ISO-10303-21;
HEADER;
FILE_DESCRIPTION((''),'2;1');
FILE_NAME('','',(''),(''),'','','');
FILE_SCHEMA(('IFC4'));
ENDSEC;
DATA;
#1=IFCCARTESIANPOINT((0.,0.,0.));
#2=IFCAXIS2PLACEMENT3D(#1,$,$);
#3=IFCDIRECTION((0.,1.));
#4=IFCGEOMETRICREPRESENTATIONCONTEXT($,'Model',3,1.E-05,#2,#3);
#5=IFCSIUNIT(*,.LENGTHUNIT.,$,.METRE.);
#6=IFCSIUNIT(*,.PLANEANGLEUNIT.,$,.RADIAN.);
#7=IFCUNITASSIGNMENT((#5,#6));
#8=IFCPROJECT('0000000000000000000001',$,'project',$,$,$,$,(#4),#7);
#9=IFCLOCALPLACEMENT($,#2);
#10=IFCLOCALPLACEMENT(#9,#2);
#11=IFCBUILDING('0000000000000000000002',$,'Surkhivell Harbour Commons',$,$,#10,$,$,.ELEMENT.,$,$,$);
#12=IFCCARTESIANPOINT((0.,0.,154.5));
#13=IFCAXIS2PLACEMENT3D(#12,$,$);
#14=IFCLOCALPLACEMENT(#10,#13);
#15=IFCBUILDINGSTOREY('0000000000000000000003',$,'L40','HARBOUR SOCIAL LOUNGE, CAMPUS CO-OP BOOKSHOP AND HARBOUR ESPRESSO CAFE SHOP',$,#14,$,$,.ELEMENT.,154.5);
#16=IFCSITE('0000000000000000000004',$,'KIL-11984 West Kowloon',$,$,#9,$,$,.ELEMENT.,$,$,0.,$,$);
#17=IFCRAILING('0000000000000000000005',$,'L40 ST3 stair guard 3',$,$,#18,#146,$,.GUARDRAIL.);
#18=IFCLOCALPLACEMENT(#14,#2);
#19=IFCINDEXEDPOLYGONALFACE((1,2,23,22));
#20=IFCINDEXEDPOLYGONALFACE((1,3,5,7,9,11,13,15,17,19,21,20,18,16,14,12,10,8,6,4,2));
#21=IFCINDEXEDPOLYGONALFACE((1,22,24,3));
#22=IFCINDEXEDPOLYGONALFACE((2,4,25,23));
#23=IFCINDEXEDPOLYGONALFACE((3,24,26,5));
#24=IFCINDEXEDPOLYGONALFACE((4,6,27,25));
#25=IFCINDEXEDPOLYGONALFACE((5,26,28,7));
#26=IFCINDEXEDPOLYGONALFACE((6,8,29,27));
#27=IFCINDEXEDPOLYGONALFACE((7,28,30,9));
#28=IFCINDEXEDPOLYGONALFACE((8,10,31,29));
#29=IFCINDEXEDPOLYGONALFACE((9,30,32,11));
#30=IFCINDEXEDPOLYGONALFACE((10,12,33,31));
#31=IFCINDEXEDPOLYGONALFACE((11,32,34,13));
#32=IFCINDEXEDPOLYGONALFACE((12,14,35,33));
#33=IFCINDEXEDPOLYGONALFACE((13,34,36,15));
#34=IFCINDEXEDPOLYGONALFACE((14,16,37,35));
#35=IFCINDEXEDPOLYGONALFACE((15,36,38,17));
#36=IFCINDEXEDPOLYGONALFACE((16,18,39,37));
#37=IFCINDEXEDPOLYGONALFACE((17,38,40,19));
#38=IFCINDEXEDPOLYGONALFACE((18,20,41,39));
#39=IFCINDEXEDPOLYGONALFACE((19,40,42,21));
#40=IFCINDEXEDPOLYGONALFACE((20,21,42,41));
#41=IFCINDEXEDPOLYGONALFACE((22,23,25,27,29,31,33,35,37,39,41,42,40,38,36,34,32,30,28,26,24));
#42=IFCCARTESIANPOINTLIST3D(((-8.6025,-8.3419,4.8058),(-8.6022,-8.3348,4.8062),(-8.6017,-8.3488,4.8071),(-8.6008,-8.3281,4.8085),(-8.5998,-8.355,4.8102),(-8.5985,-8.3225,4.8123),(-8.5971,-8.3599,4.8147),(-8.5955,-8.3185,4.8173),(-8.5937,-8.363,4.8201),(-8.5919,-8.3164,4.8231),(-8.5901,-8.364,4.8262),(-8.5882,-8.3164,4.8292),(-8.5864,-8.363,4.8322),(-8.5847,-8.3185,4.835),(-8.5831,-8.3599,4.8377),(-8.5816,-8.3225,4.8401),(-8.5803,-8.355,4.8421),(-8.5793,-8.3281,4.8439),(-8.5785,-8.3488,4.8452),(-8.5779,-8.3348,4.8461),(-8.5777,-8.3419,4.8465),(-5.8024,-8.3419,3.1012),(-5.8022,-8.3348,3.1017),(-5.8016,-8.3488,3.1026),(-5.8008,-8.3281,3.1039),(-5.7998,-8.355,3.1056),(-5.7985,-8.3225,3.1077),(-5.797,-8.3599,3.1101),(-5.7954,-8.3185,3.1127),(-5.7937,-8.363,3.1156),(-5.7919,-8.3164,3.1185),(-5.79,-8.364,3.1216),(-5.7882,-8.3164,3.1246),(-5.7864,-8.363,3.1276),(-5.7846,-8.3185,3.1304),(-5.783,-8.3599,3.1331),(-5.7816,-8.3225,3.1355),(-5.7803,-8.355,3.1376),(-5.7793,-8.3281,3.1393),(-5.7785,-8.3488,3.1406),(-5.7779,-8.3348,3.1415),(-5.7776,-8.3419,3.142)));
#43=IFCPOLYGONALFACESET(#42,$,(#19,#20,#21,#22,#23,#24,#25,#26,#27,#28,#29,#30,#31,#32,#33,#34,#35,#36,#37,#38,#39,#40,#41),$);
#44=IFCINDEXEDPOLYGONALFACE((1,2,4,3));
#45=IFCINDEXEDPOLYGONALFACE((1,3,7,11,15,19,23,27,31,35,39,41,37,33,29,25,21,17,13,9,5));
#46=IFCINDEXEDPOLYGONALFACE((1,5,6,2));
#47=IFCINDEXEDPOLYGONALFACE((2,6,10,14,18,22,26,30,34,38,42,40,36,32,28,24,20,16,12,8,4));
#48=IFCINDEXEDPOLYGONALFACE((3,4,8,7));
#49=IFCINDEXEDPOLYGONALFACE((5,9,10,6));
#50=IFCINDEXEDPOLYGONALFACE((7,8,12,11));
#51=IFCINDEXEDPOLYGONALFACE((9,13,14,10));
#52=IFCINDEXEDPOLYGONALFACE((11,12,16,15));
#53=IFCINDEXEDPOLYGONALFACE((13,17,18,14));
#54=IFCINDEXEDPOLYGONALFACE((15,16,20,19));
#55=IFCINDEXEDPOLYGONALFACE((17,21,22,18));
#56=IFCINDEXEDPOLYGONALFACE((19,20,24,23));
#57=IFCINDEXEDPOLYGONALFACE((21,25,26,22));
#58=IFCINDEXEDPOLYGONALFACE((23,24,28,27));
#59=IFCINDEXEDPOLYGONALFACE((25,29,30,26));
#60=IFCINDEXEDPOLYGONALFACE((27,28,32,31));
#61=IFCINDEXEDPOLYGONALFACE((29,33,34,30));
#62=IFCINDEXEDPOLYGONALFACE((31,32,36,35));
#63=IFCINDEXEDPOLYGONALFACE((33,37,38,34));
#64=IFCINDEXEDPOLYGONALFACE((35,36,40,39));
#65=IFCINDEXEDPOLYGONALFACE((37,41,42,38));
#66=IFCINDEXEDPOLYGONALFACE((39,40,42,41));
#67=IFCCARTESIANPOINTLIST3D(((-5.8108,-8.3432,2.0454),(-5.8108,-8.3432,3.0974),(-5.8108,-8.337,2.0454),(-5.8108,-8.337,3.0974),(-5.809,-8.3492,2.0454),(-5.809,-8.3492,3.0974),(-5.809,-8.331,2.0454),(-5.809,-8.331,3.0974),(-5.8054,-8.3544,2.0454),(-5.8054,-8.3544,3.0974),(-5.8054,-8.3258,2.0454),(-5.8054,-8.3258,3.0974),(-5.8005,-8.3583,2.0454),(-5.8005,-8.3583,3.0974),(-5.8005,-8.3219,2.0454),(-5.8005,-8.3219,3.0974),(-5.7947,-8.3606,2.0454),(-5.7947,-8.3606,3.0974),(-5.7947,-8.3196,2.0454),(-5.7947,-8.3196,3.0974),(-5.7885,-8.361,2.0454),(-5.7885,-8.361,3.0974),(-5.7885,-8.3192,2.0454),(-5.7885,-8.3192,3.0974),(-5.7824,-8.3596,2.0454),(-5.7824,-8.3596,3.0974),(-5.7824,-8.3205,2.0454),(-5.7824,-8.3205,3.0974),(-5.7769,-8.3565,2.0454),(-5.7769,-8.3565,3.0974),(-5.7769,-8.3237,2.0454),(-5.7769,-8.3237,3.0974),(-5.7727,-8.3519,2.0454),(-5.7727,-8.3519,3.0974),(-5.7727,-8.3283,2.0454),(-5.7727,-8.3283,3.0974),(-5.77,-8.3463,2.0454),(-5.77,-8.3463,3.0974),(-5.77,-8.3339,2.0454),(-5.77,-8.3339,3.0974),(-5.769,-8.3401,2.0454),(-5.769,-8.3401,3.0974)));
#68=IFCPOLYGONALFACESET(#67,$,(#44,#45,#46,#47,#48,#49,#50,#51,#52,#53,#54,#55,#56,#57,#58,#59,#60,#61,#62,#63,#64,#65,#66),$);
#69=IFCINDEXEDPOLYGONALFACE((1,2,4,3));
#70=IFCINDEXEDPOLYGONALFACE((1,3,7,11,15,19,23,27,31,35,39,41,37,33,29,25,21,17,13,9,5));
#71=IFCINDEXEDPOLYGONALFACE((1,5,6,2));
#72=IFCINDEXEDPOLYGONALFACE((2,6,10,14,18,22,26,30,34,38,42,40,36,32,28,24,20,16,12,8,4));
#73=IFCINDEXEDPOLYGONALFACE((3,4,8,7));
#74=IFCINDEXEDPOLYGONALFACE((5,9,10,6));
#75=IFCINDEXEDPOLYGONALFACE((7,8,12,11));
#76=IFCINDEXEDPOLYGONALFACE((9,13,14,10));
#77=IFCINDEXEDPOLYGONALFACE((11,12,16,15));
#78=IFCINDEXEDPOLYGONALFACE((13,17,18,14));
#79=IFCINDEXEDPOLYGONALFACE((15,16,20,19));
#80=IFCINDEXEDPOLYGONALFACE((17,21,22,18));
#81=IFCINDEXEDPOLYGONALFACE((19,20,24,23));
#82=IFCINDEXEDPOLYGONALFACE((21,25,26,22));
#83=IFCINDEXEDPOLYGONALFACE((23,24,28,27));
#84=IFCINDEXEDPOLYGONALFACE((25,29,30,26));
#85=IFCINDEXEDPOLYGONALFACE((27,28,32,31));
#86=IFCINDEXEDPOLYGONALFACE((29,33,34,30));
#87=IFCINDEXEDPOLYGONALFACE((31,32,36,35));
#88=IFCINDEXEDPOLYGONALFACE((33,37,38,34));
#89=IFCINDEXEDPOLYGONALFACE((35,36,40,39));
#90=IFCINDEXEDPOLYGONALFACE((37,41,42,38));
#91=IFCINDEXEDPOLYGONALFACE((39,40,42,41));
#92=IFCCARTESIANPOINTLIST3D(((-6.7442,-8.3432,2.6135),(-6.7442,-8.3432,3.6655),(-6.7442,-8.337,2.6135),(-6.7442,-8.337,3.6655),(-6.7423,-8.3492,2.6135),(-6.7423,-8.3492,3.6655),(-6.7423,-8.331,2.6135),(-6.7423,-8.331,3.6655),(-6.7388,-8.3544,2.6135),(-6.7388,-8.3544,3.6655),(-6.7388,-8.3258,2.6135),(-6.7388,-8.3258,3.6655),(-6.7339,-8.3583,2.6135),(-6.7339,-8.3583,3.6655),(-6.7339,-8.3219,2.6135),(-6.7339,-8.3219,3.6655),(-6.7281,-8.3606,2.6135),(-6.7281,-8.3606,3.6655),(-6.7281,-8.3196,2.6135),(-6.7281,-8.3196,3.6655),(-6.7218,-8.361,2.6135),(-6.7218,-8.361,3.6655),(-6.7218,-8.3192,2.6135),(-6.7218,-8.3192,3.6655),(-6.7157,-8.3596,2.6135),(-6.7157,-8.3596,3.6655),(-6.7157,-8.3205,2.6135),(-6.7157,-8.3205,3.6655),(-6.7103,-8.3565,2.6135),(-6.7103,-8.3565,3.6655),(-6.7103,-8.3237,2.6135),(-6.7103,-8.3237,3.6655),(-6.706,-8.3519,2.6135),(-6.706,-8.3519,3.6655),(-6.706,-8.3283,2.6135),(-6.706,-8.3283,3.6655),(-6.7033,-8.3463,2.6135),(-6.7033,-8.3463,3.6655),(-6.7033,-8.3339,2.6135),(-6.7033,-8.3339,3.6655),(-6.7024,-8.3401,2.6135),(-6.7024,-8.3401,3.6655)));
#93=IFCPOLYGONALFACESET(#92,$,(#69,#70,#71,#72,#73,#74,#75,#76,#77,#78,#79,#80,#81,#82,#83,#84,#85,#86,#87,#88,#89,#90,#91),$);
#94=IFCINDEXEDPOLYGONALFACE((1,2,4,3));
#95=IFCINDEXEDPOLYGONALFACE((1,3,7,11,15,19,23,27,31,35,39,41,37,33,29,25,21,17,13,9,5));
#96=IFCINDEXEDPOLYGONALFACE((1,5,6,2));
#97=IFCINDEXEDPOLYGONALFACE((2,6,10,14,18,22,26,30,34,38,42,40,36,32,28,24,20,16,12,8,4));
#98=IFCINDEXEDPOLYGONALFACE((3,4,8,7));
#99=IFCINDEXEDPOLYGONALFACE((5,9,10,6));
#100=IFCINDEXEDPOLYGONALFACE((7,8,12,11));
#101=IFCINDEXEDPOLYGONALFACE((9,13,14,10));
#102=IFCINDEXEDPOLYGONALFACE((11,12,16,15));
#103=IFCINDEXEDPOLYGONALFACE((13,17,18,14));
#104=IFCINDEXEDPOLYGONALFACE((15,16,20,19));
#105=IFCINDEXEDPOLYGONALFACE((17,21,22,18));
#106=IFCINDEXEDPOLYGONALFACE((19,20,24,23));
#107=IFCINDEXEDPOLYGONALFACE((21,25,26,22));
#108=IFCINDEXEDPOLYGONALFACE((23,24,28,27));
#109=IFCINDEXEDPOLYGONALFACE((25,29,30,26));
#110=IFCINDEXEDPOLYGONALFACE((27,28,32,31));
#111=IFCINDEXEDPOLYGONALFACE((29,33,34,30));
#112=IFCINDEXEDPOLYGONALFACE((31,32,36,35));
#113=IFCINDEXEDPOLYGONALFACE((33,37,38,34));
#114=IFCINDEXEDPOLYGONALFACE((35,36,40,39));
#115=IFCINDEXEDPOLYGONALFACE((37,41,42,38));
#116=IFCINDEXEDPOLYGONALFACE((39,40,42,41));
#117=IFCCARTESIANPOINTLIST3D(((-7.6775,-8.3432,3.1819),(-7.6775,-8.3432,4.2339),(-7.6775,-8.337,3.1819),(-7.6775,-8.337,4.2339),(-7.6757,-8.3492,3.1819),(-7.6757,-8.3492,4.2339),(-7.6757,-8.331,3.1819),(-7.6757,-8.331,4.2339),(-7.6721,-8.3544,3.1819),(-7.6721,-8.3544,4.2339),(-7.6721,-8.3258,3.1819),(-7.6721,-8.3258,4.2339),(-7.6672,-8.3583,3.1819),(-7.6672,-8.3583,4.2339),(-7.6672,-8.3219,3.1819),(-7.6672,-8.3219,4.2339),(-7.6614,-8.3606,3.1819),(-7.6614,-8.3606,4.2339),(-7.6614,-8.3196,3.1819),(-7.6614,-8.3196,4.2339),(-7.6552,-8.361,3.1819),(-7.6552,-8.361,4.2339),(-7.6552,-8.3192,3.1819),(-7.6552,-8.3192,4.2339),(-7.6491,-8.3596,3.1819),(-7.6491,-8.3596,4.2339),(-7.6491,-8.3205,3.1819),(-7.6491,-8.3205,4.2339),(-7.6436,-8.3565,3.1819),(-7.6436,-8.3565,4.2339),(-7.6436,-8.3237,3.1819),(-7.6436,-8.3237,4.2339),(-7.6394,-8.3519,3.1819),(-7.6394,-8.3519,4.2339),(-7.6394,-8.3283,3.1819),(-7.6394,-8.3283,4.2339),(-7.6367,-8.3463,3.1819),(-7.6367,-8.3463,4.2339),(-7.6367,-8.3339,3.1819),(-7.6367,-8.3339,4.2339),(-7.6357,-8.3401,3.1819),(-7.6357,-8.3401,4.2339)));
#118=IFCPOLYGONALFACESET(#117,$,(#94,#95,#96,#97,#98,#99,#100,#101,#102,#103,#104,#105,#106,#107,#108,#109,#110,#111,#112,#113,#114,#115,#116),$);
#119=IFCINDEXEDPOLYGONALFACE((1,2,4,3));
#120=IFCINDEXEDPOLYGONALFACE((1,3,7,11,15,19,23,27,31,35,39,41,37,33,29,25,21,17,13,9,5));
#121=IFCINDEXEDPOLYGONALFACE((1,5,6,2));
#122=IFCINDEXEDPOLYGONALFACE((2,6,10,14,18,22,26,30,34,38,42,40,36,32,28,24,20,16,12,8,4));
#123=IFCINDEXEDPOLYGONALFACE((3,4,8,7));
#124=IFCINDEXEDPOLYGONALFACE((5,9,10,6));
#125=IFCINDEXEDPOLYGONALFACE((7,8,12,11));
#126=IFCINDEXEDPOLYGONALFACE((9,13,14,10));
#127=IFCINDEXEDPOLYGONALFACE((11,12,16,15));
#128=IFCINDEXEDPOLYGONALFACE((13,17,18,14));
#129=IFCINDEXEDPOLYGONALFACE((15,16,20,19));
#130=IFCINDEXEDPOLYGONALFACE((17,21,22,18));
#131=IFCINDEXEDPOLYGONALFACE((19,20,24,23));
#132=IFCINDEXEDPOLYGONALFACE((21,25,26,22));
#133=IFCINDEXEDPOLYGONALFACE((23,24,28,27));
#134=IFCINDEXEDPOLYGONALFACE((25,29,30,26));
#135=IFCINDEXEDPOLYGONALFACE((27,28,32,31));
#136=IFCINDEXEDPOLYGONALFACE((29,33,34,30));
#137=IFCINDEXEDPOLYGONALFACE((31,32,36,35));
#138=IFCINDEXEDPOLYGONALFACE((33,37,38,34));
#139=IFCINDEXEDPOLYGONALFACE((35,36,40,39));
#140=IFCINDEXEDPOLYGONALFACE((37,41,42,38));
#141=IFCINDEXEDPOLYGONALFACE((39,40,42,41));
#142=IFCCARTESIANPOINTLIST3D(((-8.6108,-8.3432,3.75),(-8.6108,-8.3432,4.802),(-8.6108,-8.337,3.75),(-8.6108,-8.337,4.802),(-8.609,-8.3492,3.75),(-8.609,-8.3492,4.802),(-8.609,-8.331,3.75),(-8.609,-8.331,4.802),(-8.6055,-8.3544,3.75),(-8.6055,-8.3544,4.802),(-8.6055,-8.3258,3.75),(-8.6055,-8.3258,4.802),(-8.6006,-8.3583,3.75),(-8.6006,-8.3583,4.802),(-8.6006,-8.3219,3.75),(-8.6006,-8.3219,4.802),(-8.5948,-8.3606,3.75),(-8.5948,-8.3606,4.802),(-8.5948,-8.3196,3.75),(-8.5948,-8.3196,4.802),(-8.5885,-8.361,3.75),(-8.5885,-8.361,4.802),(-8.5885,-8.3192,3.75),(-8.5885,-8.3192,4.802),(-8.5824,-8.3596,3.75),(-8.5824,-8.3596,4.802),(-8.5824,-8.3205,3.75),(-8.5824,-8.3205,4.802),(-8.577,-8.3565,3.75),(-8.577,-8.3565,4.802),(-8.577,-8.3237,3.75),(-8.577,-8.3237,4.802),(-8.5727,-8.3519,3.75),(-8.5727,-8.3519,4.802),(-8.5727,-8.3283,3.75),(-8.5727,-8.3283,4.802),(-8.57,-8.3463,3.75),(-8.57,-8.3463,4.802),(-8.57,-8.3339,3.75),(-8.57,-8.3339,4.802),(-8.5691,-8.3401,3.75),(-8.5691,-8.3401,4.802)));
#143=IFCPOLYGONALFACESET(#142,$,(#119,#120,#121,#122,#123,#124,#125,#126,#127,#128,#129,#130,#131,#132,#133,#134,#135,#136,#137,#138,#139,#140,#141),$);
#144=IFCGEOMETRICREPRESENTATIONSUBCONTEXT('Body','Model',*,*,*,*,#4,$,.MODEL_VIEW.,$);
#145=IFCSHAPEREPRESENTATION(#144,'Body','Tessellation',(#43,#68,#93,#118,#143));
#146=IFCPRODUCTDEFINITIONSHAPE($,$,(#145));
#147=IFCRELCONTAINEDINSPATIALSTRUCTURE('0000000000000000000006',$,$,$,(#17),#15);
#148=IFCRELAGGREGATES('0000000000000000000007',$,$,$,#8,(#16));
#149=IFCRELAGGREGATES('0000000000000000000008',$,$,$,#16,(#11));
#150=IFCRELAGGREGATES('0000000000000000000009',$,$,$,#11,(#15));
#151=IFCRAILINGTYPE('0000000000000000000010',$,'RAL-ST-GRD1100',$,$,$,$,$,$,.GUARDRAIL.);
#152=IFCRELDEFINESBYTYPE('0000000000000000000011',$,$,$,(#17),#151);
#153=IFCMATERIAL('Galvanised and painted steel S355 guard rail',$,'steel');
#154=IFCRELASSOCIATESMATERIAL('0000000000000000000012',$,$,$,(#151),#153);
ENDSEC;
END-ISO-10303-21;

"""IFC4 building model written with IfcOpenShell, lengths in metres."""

from ifc_helpers import new_model, si_unit, direction, frame, origin, origin_2d, place, context, subcontext, project, spatial, circle, extrude, material, type_object, element, save


model = new_model("IFC4")

# Units and contexts
model_context = context("Model", 3, precision=1e-05, world=origin(), true_north=direction((0.0, 1.0)))
body_context = subcontext(model_context, "Body", "Model", "MODEL_VIEW")
ifc_project = project(units=[si_unit("LENGTHUNIT", "METRE"), si_unit("PLANEANGLEUNIT", "RADIAN")], contexts=[model_context])

# Site, building, storey
site_placement = place(None, origin())
site = spatial("IfcSite", under=ifc_project, at=site_placement, Name="KIL-11984 West Kowloon", CompositionType="ELEMENT", RefElevation=0.0)
building_placement = place(site_placement, origin())
building = spatial("IfcBuilding", under=site, at=building_placement, Name="Surkhivell Harbour Commons", CompositionType="ELEMENT")
storey_placement = place(building_placement, frame((0.0, 0.0, 154.5)))
storey = spatial("IfcBuildingStorey", under=building, at=storey_placement, Name="L40", Description="HARBOUR SOCIAL LOUNGE, CAMPUS CO-OP BOOKSHOP AND HARBOUR ESPRESSO CAFE SHOP", CompositionType="ELEMENT", Elevation=154.5)

# Railing
ifc_material_1 = material(Name="Galvanised and painted steel S355 guard rail", Category="steel")
railing_type_1 = type_object("IfcRailingType", Name="RAL-ST-GRD1100", PredefinedType="GUARDRAIL", material=ifc_material_1)
railing_1_placement = place(storey_placement, frame((-5.79, -8.3401, 2.0454)))
element("IfcRailing", 1, at=railing_1_placement, inside=storey, type_object=railing_type_1, Name="L40 ST3 stair guard 3", PredefinedType="GUARDRAIL", context=body_context, shape_type="SweptSolid", body=[
    extrude(circle(Radius=0.0239, at=origin_2d()), frame((0.0, 0.0, 1.0762), z_axis=(-0.85417, 0.0, 0.519994), x_axis=(0.0, -1.0, 0.0)), (0.0, 0.0, 1.0), 3.2781),
    extrude(circle(Radius=0.021, at=origin_2d()), origin(), (0.0, 0.0, 1.0), 1.052),
    extrude(circle(Radius=0.021, at=origin_2d()), frame((-0.9333, 0.0, 0.5681)), (0.0, 0.0, 1.0), 1.052),
    extrude(circle(Radius=0.021, at=origin_2d()), frame((-1.8667, 0.0, 1.1365)), (0.0, 0.0, 1.0), 1.052),
    extrude(circle(Radius=0.021, at=origin_2d()), frame((-2.8, 0.0, 1.7046)), (0.0, 0.0, 1.0), 1.052),
])

save(model, "model.ifc")
